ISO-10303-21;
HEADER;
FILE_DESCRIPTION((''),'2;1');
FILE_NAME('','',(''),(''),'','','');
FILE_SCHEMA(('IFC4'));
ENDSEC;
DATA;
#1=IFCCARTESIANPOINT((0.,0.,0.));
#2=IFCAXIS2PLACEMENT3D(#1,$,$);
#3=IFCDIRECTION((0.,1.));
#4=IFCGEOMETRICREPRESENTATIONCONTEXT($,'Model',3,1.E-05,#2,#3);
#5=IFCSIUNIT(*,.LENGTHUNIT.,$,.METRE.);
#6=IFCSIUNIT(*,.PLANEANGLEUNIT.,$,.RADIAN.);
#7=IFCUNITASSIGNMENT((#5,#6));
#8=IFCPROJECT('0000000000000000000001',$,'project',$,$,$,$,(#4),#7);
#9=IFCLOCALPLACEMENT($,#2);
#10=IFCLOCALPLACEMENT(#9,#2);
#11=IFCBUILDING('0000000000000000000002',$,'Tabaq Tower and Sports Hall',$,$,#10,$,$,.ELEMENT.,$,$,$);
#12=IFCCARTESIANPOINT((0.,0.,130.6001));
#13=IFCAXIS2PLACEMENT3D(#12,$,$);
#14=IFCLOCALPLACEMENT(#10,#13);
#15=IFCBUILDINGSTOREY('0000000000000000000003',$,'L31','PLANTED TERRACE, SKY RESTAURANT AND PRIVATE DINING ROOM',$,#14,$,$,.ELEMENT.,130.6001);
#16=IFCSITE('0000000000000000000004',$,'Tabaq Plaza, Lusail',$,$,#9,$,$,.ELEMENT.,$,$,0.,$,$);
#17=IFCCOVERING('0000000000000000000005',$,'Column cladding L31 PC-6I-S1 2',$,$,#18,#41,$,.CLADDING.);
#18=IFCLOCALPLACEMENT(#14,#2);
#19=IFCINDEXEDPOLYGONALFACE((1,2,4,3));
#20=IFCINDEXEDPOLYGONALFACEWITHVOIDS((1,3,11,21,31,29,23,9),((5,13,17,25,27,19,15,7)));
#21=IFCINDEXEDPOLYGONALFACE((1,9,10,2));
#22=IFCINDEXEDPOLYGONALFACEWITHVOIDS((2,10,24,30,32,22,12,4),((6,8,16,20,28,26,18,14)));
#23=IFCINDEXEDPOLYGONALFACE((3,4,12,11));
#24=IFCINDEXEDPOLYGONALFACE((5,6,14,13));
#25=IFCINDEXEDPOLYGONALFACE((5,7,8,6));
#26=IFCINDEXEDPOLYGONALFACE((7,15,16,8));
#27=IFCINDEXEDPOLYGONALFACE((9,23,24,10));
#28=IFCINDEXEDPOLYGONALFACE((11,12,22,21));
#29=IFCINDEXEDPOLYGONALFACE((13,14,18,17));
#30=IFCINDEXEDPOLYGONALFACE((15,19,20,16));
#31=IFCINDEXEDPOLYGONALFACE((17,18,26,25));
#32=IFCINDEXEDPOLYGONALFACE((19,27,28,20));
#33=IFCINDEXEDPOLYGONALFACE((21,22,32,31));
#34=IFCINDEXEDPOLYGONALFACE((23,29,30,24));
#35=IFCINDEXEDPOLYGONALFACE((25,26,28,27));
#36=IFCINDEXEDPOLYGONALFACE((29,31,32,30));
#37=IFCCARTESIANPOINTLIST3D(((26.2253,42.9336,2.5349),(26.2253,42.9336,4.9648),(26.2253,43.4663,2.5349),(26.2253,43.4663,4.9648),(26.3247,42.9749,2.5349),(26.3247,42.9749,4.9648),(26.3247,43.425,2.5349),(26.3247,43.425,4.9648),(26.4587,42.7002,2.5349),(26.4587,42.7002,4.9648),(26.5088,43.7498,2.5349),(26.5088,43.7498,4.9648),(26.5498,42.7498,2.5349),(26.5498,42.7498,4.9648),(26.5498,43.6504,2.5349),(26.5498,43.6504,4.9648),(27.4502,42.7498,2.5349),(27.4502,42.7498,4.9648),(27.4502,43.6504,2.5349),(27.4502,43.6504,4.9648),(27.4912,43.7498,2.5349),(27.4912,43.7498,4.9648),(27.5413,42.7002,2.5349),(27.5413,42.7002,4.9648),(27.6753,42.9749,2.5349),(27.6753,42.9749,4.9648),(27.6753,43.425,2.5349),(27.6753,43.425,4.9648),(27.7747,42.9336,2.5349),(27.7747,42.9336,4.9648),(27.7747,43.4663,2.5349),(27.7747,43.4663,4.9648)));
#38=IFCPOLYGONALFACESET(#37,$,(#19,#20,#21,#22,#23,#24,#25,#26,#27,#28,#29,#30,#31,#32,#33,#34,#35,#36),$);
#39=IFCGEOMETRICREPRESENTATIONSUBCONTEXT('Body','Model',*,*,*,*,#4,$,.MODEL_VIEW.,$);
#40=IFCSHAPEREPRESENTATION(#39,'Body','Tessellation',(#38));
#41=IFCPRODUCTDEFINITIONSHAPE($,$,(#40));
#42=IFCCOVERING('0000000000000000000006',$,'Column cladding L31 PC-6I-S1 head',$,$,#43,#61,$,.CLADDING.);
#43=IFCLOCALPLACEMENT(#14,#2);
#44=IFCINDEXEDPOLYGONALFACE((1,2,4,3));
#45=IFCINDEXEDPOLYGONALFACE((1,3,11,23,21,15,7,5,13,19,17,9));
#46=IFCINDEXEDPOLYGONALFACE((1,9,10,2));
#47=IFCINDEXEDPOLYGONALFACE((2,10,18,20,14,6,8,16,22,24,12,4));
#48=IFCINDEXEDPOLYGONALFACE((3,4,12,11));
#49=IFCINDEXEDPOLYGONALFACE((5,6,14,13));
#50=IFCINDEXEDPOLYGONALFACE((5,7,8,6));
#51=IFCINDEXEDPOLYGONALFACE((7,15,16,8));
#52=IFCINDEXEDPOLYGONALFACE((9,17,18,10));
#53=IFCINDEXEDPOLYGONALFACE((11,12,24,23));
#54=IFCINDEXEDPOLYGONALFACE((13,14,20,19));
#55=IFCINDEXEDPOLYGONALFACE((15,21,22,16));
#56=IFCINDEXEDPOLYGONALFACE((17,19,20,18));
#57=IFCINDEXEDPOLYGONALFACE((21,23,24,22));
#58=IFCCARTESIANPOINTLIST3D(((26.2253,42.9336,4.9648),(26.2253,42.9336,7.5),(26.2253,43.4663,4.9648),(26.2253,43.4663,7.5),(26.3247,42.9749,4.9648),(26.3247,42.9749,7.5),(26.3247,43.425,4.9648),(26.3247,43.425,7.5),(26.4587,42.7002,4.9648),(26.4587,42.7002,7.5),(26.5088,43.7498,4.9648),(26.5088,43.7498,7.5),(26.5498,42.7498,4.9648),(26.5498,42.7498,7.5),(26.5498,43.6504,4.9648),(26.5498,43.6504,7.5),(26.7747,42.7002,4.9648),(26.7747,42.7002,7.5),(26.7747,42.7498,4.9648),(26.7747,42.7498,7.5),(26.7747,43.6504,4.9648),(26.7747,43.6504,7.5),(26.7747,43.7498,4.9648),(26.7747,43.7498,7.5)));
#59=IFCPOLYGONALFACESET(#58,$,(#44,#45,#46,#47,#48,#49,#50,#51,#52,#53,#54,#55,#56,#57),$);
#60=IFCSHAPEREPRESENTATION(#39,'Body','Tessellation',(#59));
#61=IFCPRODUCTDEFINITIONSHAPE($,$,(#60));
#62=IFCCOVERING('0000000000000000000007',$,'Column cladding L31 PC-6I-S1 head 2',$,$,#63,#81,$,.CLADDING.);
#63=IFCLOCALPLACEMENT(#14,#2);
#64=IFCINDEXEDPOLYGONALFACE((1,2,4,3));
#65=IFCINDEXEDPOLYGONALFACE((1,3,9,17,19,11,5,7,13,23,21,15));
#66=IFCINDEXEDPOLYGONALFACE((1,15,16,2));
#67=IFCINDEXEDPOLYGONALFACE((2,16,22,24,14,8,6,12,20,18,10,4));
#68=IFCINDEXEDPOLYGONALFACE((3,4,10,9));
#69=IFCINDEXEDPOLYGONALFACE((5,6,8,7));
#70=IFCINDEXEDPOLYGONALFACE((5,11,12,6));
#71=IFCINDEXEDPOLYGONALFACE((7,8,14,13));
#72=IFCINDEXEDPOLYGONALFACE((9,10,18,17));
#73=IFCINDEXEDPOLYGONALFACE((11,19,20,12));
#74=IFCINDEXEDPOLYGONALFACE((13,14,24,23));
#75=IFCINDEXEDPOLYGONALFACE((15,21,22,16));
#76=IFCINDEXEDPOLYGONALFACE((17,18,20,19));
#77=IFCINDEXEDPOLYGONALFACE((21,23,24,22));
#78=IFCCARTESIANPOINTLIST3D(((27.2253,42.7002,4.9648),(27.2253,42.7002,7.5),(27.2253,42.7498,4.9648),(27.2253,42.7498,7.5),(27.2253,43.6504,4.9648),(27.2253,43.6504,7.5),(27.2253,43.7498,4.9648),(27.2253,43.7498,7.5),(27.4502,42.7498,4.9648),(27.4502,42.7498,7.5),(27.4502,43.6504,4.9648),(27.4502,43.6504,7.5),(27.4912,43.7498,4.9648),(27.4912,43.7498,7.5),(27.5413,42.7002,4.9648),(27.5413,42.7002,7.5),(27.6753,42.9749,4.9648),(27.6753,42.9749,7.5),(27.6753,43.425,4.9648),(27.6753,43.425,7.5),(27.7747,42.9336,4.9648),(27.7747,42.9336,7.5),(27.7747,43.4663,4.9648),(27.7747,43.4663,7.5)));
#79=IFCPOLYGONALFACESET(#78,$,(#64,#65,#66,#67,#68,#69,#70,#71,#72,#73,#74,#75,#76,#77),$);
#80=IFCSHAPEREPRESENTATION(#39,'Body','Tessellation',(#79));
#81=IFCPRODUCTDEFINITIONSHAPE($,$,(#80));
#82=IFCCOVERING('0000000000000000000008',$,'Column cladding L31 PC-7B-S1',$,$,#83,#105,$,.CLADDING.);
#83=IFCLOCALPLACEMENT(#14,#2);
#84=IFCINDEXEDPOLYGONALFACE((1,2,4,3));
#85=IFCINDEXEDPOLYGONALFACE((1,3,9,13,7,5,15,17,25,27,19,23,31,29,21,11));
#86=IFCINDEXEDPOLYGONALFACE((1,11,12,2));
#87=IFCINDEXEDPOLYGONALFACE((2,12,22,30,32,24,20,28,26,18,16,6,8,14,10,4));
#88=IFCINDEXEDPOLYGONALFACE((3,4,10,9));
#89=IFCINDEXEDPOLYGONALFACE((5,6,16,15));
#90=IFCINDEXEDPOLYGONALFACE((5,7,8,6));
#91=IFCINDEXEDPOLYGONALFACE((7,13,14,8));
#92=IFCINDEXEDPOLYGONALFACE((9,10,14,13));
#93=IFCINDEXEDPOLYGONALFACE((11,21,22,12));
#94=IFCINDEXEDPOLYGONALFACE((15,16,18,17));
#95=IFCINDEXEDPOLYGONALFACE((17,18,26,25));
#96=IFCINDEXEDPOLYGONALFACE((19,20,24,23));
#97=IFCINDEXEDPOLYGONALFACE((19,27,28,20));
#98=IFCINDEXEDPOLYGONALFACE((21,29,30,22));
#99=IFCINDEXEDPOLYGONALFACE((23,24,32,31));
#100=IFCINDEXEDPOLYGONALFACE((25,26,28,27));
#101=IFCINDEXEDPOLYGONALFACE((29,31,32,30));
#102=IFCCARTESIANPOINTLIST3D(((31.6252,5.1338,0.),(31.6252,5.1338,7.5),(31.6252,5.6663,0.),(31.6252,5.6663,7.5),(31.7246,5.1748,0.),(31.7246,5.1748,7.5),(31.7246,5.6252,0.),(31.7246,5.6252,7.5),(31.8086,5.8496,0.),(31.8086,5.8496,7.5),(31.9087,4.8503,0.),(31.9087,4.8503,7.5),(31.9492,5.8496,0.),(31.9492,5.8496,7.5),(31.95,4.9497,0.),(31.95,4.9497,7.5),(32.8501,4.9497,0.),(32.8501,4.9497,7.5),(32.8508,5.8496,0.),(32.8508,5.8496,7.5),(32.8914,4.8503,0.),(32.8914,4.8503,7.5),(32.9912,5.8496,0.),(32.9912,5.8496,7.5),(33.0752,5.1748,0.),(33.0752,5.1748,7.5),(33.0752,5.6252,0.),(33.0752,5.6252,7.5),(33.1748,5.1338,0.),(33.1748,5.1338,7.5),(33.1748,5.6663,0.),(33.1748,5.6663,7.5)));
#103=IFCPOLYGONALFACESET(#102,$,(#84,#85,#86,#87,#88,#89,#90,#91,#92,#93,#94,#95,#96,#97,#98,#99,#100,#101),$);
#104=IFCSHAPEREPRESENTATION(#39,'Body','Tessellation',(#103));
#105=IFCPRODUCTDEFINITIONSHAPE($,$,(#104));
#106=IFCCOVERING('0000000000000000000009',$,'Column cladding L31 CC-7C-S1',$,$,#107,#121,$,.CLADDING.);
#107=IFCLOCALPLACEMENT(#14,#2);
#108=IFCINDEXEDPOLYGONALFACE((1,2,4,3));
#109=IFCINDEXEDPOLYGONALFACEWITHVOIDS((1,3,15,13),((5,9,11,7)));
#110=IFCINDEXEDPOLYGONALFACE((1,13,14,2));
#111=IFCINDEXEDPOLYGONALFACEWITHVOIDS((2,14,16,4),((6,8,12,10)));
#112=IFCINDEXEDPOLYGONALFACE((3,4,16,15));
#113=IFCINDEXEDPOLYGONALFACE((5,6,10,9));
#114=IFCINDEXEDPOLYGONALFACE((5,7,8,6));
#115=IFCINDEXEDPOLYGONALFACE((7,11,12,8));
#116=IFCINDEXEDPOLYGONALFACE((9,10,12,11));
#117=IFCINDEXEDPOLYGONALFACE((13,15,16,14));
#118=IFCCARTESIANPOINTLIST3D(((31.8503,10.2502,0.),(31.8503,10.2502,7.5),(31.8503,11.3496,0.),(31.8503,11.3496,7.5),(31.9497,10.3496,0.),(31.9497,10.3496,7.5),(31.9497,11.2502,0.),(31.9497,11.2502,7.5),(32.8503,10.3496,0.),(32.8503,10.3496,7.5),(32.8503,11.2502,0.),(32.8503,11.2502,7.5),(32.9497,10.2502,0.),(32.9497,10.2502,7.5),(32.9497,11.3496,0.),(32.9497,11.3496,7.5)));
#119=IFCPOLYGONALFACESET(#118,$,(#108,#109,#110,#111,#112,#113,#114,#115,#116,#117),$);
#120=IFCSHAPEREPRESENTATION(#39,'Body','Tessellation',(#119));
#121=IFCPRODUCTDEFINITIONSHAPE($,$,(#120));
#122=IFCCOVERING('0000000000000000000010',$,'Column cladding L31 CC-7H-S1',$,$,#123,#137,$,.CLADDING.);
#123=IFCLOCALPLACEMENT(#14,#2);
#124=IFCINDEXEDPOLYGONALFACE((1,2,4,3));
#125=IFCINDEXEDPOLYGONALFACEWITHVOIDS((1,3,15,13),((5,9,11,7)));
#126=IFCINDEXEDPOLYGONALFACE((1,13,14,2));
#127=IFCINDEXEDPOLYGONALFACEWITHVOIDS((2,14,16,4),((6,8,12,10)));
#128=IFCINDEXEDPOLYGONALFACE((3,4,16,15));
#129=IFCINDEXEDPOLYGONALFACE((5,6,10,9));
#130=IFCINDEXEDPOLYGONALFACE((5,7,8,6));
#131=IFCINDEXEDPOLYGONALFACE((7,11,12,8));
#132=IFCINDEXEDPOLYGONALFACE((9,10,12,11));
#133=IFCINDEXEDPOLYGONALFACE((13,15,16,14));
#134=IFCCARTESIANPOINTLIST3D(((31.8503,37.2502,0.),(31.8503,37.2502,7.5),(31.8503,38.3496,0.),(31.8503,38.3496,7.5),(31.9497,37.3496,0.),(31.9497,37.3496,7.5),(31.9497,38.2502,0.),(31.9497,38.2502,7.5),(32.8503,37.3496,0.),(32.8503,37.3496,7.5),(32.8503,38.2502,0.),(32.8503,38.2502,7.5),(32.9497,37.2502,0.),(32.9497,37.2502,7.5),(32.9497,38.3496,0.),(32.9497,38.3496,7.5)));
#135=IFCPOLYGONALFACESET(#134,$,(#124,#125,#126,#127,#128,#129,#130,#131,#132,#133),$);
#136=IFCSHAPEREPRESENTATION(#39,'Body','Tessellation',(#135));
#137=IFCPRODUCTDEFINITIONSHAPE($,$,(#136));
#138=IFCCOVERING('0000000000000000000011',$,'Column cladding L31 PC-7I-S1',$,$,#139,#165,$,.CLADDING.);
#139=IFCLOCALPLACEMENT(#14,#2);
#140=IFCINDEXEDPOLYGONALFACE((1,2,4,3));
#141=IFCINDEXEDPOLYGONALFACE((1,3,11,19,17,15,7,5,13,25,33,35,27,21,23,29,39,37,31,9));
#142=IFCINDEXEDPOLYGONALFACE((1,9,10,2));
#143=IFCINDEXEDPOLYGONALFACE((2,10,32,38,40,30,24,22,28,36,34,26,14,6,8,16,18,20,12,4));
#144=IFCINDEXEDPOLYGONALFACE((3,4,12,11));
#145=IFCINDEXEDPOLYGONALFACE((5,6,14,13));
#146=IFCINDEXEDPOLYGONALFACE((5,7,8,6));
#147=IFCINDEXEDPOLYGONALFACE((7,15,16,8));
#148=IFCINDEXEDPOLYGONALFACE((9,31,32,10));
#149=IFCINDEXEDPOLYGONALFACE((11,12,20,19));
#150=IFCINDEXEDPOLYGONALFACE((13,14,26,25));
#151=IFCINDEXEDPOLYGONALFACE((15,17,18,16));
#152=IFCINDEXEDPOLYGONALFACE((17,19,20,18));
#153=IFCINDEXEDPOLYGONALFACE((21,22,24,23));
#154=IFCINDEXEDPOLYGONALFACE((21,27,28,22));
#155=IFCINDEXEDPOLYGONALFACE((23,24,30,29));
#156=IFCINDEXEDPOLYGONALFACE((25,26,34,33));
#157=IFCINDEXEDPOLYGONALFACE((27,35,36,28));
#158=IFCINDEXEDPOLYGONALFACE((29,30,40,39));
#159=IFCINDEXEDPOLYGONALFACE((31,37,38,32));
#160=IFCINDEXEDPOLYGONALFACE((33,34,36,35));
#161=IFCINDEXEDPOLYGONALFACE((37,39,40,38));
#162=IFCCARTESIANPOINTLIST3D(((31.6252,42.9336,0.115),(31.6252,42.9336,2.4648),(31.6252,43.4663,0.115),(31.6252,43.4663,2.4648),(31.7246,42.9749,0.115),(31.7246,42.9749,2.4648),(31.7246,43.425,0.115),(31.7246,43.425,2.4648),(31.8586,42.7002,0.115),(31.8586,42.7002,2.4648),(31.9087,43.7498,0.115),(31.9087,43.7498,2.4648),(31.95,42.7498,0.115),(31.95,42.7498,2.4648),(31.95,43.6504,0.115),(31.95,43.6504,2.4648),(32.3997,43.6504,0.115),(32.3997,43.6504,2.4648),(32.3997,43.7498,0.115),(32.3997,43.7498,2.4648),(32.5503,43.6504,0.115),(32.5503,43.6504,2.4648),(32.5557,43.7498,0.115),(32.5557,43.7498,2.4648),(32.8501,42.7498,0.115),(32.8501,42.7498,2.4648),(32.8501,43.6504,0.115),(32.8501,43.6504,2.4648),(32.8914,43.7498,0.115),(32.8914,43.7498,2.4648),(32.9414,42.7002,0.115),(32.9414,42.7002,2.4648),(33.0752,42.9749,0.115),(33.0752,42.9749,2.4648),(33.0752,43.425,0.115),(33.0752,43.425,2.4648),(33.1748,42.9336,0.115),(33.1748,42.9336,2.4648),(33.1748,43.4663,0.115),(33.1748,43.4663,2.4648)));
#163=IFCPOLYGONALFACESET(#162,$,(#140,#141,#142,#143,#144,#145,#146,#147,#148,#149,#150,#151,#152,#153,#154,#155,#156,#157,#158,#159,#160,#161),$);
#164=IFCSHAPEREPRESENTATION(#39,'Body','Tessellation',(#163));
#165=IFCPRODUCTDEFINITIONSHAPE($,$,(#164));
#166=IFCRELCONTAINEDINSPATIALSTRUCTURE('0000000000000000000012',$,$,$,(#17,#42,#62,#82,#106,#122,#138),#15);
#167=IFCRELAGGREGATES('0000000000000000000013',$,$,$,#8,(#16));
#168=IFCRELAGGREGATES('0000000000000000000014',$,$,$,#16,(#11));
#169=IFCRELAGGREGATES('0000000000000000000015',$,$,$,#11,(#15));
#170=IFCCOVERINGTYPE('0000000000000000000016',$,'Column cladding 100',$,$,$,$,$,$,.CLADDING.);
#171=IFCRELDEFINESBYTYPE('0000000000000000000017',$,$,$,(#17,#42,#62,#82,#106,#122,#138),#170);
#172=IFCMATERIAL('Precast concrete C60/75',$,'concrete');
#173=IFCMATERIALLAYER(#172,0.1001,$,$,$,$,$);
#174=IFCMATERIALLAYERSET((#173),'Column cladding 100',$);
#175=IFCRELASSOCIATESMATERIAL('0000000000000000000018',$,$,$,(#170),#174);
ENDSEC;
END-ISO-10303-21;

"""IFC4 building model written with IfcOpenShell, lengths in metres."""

from ifc_helpers import new_model, si_unit, direction, frame, origin, place, context, subcontext, project, spatial, polyline, outline, extrude, material, layer, layer_set, type_object, element, save


model = new_model("IFC4")

# Units and contexts
model_context = context("Model", 3, precision=1e-05, world=origin(), true_north=direction((0.0, 1.0)))
body_context = subcontext(model_context, "Body", "Model", "MODEL_VIEW")
ifc_project = project(units=[si_unit("LENGTHUNIT", "METRE"), si_unit("PLANEANGLEUNIT", "RADIAN")], contexts=[model_context])

# Site, building, storey
site_placement = place(None, origin())
site = spatial("IfcSite", under=ifc_project, at=site_placement, Name="Tabaq Plaza, Lusail", CompositionType="ELEMENT", RefElevation=0.0)
building_placement = place(site_placement, origin())
building = spatial("IfcBuilding", under=site, at=building_placement, Name="Tabaq Tower and Sports Hall", CompositionType="ELEMENT")
storey_placement = place(building_placement, frame((0.0, 0.0, 130.6001)))
storey = spatial("IfcBuildingStorey", under=building, at=storey_placement, Name="L31", Description="PLANTED TERRACE, SKY RESTAURANT AND PRIVATE DINING ROOM", CompositionType="ELEMENT", Elevation=130.6001)

# Coverings
ifc_material_1 = material(Name="Precast concrete C60/75", Category="concrete")
ifc_layer = layer(ifc_material_1, 0.1001)
ifc_layer_set = layer_set([ifc_layer], Name="Column cladding 100")
covering_type_1 = type_object("IfcCoveringType", Name="Column cladding 100", PredefinedType="CLADDING", material=ifc_layer_set)
covering_1_placement = place(storey_placement, frame((0.0, 0.0, 2.5349)))
element("IfcCovering", 1, at=covering_1_placement, inside=storey, type_object=covering_type_1, Name="Column cladding L31 PC-6I-S1 2", PredefinedType="CLADDING", context=body_context, shape_type="SweptSolid", body=[
    extrude(outline(polyline([(26.2253, 43.4663), (26.5088, 43.7498), (27.4912, 43.7498), (27.7747, 43.4663), (27.7747, 42.9336), (27.5413, 42.7002), (26.4587, 42.7002), (26.2253, 42.9336), (26.2253, 43.4663)]), holes=[polyline([(27.6753, 42.9749), (27.6753, 43.425), (27.4502, 43.6504), (26.5498, 43.6504), (26.3247, 43.425), (26.3247, 42.9749), (26.5498, 42.7498), (27.4502, 42.7498), (27.6753, 42.9749)])]), origin(), (0.0, 0.0, 1.0), 2.4299),
])
covering_2_placement = place(storey_placement, frame((0.0, 0.0, 4.9648)))
element("IfcCovering", 2, at=covering_2_placement, inside=storey, type_object=covering_type_1, Name="Column cladding L31 PC-6I-S1 head", PredefinedType="CLADDING", context=body_context, shape_type="SweptSolid", body=[
    extrude(outline(polyline([(26.5088, 43.7498), (26.7747, 43.7498), (26.7747, 43.6504), (26.5498, 43.6504), (26.3247, 43.425), (26.3247, 42.9749), (26.5498, 42.7498), (26.7747, 42.7498), (26.7747, 42.7002), (26.4587, 42.7002), (26.2253, 42.9336), (26.2253, 43.4663), (26.5088, 43.7498)])), origin(), (0.0, 0.0, 1.0), 2.5352),
])
covering_3_placement = place(storey_placement, frame((0.0, 0.0, 4.9648)))
element("IfcCovering", 3, at=covering_3_placement, inside=storey, type_object=covering_type_1, Name="Column cladding L31 PC-6I-S1 head 2", PredefinedType="CLADDING", context=body_context, shape_type="SweptSolid", body=[
    extrude(outline(polyline([(27.4912, 43.7498), (27.7747, 43.4663), (27.7747, 42.9336), (27.5413, 42.7002), (27.2253, 42.7002), (27.2253, 42.7498), (27.4502, 42.7498), (27.6753, 42.9749), (27.6753, 43.425), (27.4502, 43.6504), (27.2253, 43.6504), (27.2253, 43.7498), (27.4912, 43.7498)])), origin(), (0.0, 0.0, 1.0), 2.5352),
])
covering_4_placement = place(storey_placement, origin())
element("IfcCovering", 4, at=covering_4_placement, inside=storey, type_object=covering_type_1, Name="Column cladding L31 PC-7B-S1", PredefinedType="CLADDING", context=body_context, shape_type="SweptSolid", body=[
    extrude(outline(polyline([(31.6252, 5.6663), (31.8086, 5.8496), (31.9492, 5.8496), (31.7246, 5.6252), (31.7246, 5.1748), (31.95, 4.9497), (32.8501, 4.9497), (33.0752, 5.1748), (33.0752, 5.6252), (32.8508, 5.8496), (32.9912, 5.8496), (33.1748, 5.6663), (33.1748, 5.1338), (32.8914, 4.8503), (31.9087, 4.8503), (31.6252, 5.1338), (31.6252, 5.6663)])), origin(), (0.0, 0.0, 1.0), 7.5),
])
covering_5_placement = place(storey_placement, origin())
element("IfcCovering", 5, at=covering_5_placement, inside=storey, type_object=covering_type_1, Name="Column cladding L31 CC-7C-S1", PredefinedType="CLADDING", context=body_context, shape_type="SweptSolid", body=[
    extrude(outline(polyline([(31.8503, 11.3496), (32.9497, 11.3496), (32.9497, 10.2502), (31.8503, 10.2502), (31.8503, 11.3496)]), holes=[polyline([(32.8503, 10.3496), (32.8503, 11.2502), (31.9497, 11.2502), (31.9497, 10.3496), (32.8503, 10.3496)])]), origin(), (0.0, 0.0, 1.0), 7.5),
])
covering_6_placement = place(storey_placement, origin())
element("IfcCovering", 6, at=covering_6_placement, inside=storey, type_object=covering_type_1, Name="Column cladding L31 CC-7H-S1", PredefinedType="CLADDING", context=body_context, shape_type="SweptSolid", body=[
    extrude(outline(polyline([(31.8503, 38.3496), (32.9497, 38.3496), (32.9497, 37.2502), (31.8503, 37.2502), (31.8503, 38.3496)]), holes=[polyline([(32.8503, 37.3496), (32.8503, 38.2502), (31.9497, 38.2502), (31.9497, 37.3496), (32.8503, 37.3496)])]), origin(), (0.0, 0.0, 1.0), 7.5),
])
covering_7_placement = place(storey_placement, frame((0.0, 0.0, 0.115)))
element("IfcCovering", 7, at=covering_7_placement, inside=storey, type_object=covering_type_1, Name="Column cladding L31 PC-7I-S1", PredefinedType="CLADDING", context=body_context, shape_type="SweptSolid", body=[
    extrude(outline(polyline([(31.6252, 43.4663), (31.9087, 43.7498), (32.3997, 43.7498), (32.3997, 43.6504), (31.95, 43.6504), (31.7246, 43.425), (31.7246, 42.9749), (31.95, 42.7498), (32.8501, 42.7498), (33.0752, 42.9749), (33.0752, 43.425), (32.8501, 43.6504), (32.5503, 43.6504), (32.5557, 43.7498), (32.8914, 43.7498), (33.1748, 43.4663), (33.1748, 42.9336), (32.9414, 42.7002), (31.8586, 42.7002), (31.6252, 42.9336), (31.6252, 43.4663)])), origin(), (0.0, 0.0, 1.0), 2.3499),
])

save(model, "model.ifc")
